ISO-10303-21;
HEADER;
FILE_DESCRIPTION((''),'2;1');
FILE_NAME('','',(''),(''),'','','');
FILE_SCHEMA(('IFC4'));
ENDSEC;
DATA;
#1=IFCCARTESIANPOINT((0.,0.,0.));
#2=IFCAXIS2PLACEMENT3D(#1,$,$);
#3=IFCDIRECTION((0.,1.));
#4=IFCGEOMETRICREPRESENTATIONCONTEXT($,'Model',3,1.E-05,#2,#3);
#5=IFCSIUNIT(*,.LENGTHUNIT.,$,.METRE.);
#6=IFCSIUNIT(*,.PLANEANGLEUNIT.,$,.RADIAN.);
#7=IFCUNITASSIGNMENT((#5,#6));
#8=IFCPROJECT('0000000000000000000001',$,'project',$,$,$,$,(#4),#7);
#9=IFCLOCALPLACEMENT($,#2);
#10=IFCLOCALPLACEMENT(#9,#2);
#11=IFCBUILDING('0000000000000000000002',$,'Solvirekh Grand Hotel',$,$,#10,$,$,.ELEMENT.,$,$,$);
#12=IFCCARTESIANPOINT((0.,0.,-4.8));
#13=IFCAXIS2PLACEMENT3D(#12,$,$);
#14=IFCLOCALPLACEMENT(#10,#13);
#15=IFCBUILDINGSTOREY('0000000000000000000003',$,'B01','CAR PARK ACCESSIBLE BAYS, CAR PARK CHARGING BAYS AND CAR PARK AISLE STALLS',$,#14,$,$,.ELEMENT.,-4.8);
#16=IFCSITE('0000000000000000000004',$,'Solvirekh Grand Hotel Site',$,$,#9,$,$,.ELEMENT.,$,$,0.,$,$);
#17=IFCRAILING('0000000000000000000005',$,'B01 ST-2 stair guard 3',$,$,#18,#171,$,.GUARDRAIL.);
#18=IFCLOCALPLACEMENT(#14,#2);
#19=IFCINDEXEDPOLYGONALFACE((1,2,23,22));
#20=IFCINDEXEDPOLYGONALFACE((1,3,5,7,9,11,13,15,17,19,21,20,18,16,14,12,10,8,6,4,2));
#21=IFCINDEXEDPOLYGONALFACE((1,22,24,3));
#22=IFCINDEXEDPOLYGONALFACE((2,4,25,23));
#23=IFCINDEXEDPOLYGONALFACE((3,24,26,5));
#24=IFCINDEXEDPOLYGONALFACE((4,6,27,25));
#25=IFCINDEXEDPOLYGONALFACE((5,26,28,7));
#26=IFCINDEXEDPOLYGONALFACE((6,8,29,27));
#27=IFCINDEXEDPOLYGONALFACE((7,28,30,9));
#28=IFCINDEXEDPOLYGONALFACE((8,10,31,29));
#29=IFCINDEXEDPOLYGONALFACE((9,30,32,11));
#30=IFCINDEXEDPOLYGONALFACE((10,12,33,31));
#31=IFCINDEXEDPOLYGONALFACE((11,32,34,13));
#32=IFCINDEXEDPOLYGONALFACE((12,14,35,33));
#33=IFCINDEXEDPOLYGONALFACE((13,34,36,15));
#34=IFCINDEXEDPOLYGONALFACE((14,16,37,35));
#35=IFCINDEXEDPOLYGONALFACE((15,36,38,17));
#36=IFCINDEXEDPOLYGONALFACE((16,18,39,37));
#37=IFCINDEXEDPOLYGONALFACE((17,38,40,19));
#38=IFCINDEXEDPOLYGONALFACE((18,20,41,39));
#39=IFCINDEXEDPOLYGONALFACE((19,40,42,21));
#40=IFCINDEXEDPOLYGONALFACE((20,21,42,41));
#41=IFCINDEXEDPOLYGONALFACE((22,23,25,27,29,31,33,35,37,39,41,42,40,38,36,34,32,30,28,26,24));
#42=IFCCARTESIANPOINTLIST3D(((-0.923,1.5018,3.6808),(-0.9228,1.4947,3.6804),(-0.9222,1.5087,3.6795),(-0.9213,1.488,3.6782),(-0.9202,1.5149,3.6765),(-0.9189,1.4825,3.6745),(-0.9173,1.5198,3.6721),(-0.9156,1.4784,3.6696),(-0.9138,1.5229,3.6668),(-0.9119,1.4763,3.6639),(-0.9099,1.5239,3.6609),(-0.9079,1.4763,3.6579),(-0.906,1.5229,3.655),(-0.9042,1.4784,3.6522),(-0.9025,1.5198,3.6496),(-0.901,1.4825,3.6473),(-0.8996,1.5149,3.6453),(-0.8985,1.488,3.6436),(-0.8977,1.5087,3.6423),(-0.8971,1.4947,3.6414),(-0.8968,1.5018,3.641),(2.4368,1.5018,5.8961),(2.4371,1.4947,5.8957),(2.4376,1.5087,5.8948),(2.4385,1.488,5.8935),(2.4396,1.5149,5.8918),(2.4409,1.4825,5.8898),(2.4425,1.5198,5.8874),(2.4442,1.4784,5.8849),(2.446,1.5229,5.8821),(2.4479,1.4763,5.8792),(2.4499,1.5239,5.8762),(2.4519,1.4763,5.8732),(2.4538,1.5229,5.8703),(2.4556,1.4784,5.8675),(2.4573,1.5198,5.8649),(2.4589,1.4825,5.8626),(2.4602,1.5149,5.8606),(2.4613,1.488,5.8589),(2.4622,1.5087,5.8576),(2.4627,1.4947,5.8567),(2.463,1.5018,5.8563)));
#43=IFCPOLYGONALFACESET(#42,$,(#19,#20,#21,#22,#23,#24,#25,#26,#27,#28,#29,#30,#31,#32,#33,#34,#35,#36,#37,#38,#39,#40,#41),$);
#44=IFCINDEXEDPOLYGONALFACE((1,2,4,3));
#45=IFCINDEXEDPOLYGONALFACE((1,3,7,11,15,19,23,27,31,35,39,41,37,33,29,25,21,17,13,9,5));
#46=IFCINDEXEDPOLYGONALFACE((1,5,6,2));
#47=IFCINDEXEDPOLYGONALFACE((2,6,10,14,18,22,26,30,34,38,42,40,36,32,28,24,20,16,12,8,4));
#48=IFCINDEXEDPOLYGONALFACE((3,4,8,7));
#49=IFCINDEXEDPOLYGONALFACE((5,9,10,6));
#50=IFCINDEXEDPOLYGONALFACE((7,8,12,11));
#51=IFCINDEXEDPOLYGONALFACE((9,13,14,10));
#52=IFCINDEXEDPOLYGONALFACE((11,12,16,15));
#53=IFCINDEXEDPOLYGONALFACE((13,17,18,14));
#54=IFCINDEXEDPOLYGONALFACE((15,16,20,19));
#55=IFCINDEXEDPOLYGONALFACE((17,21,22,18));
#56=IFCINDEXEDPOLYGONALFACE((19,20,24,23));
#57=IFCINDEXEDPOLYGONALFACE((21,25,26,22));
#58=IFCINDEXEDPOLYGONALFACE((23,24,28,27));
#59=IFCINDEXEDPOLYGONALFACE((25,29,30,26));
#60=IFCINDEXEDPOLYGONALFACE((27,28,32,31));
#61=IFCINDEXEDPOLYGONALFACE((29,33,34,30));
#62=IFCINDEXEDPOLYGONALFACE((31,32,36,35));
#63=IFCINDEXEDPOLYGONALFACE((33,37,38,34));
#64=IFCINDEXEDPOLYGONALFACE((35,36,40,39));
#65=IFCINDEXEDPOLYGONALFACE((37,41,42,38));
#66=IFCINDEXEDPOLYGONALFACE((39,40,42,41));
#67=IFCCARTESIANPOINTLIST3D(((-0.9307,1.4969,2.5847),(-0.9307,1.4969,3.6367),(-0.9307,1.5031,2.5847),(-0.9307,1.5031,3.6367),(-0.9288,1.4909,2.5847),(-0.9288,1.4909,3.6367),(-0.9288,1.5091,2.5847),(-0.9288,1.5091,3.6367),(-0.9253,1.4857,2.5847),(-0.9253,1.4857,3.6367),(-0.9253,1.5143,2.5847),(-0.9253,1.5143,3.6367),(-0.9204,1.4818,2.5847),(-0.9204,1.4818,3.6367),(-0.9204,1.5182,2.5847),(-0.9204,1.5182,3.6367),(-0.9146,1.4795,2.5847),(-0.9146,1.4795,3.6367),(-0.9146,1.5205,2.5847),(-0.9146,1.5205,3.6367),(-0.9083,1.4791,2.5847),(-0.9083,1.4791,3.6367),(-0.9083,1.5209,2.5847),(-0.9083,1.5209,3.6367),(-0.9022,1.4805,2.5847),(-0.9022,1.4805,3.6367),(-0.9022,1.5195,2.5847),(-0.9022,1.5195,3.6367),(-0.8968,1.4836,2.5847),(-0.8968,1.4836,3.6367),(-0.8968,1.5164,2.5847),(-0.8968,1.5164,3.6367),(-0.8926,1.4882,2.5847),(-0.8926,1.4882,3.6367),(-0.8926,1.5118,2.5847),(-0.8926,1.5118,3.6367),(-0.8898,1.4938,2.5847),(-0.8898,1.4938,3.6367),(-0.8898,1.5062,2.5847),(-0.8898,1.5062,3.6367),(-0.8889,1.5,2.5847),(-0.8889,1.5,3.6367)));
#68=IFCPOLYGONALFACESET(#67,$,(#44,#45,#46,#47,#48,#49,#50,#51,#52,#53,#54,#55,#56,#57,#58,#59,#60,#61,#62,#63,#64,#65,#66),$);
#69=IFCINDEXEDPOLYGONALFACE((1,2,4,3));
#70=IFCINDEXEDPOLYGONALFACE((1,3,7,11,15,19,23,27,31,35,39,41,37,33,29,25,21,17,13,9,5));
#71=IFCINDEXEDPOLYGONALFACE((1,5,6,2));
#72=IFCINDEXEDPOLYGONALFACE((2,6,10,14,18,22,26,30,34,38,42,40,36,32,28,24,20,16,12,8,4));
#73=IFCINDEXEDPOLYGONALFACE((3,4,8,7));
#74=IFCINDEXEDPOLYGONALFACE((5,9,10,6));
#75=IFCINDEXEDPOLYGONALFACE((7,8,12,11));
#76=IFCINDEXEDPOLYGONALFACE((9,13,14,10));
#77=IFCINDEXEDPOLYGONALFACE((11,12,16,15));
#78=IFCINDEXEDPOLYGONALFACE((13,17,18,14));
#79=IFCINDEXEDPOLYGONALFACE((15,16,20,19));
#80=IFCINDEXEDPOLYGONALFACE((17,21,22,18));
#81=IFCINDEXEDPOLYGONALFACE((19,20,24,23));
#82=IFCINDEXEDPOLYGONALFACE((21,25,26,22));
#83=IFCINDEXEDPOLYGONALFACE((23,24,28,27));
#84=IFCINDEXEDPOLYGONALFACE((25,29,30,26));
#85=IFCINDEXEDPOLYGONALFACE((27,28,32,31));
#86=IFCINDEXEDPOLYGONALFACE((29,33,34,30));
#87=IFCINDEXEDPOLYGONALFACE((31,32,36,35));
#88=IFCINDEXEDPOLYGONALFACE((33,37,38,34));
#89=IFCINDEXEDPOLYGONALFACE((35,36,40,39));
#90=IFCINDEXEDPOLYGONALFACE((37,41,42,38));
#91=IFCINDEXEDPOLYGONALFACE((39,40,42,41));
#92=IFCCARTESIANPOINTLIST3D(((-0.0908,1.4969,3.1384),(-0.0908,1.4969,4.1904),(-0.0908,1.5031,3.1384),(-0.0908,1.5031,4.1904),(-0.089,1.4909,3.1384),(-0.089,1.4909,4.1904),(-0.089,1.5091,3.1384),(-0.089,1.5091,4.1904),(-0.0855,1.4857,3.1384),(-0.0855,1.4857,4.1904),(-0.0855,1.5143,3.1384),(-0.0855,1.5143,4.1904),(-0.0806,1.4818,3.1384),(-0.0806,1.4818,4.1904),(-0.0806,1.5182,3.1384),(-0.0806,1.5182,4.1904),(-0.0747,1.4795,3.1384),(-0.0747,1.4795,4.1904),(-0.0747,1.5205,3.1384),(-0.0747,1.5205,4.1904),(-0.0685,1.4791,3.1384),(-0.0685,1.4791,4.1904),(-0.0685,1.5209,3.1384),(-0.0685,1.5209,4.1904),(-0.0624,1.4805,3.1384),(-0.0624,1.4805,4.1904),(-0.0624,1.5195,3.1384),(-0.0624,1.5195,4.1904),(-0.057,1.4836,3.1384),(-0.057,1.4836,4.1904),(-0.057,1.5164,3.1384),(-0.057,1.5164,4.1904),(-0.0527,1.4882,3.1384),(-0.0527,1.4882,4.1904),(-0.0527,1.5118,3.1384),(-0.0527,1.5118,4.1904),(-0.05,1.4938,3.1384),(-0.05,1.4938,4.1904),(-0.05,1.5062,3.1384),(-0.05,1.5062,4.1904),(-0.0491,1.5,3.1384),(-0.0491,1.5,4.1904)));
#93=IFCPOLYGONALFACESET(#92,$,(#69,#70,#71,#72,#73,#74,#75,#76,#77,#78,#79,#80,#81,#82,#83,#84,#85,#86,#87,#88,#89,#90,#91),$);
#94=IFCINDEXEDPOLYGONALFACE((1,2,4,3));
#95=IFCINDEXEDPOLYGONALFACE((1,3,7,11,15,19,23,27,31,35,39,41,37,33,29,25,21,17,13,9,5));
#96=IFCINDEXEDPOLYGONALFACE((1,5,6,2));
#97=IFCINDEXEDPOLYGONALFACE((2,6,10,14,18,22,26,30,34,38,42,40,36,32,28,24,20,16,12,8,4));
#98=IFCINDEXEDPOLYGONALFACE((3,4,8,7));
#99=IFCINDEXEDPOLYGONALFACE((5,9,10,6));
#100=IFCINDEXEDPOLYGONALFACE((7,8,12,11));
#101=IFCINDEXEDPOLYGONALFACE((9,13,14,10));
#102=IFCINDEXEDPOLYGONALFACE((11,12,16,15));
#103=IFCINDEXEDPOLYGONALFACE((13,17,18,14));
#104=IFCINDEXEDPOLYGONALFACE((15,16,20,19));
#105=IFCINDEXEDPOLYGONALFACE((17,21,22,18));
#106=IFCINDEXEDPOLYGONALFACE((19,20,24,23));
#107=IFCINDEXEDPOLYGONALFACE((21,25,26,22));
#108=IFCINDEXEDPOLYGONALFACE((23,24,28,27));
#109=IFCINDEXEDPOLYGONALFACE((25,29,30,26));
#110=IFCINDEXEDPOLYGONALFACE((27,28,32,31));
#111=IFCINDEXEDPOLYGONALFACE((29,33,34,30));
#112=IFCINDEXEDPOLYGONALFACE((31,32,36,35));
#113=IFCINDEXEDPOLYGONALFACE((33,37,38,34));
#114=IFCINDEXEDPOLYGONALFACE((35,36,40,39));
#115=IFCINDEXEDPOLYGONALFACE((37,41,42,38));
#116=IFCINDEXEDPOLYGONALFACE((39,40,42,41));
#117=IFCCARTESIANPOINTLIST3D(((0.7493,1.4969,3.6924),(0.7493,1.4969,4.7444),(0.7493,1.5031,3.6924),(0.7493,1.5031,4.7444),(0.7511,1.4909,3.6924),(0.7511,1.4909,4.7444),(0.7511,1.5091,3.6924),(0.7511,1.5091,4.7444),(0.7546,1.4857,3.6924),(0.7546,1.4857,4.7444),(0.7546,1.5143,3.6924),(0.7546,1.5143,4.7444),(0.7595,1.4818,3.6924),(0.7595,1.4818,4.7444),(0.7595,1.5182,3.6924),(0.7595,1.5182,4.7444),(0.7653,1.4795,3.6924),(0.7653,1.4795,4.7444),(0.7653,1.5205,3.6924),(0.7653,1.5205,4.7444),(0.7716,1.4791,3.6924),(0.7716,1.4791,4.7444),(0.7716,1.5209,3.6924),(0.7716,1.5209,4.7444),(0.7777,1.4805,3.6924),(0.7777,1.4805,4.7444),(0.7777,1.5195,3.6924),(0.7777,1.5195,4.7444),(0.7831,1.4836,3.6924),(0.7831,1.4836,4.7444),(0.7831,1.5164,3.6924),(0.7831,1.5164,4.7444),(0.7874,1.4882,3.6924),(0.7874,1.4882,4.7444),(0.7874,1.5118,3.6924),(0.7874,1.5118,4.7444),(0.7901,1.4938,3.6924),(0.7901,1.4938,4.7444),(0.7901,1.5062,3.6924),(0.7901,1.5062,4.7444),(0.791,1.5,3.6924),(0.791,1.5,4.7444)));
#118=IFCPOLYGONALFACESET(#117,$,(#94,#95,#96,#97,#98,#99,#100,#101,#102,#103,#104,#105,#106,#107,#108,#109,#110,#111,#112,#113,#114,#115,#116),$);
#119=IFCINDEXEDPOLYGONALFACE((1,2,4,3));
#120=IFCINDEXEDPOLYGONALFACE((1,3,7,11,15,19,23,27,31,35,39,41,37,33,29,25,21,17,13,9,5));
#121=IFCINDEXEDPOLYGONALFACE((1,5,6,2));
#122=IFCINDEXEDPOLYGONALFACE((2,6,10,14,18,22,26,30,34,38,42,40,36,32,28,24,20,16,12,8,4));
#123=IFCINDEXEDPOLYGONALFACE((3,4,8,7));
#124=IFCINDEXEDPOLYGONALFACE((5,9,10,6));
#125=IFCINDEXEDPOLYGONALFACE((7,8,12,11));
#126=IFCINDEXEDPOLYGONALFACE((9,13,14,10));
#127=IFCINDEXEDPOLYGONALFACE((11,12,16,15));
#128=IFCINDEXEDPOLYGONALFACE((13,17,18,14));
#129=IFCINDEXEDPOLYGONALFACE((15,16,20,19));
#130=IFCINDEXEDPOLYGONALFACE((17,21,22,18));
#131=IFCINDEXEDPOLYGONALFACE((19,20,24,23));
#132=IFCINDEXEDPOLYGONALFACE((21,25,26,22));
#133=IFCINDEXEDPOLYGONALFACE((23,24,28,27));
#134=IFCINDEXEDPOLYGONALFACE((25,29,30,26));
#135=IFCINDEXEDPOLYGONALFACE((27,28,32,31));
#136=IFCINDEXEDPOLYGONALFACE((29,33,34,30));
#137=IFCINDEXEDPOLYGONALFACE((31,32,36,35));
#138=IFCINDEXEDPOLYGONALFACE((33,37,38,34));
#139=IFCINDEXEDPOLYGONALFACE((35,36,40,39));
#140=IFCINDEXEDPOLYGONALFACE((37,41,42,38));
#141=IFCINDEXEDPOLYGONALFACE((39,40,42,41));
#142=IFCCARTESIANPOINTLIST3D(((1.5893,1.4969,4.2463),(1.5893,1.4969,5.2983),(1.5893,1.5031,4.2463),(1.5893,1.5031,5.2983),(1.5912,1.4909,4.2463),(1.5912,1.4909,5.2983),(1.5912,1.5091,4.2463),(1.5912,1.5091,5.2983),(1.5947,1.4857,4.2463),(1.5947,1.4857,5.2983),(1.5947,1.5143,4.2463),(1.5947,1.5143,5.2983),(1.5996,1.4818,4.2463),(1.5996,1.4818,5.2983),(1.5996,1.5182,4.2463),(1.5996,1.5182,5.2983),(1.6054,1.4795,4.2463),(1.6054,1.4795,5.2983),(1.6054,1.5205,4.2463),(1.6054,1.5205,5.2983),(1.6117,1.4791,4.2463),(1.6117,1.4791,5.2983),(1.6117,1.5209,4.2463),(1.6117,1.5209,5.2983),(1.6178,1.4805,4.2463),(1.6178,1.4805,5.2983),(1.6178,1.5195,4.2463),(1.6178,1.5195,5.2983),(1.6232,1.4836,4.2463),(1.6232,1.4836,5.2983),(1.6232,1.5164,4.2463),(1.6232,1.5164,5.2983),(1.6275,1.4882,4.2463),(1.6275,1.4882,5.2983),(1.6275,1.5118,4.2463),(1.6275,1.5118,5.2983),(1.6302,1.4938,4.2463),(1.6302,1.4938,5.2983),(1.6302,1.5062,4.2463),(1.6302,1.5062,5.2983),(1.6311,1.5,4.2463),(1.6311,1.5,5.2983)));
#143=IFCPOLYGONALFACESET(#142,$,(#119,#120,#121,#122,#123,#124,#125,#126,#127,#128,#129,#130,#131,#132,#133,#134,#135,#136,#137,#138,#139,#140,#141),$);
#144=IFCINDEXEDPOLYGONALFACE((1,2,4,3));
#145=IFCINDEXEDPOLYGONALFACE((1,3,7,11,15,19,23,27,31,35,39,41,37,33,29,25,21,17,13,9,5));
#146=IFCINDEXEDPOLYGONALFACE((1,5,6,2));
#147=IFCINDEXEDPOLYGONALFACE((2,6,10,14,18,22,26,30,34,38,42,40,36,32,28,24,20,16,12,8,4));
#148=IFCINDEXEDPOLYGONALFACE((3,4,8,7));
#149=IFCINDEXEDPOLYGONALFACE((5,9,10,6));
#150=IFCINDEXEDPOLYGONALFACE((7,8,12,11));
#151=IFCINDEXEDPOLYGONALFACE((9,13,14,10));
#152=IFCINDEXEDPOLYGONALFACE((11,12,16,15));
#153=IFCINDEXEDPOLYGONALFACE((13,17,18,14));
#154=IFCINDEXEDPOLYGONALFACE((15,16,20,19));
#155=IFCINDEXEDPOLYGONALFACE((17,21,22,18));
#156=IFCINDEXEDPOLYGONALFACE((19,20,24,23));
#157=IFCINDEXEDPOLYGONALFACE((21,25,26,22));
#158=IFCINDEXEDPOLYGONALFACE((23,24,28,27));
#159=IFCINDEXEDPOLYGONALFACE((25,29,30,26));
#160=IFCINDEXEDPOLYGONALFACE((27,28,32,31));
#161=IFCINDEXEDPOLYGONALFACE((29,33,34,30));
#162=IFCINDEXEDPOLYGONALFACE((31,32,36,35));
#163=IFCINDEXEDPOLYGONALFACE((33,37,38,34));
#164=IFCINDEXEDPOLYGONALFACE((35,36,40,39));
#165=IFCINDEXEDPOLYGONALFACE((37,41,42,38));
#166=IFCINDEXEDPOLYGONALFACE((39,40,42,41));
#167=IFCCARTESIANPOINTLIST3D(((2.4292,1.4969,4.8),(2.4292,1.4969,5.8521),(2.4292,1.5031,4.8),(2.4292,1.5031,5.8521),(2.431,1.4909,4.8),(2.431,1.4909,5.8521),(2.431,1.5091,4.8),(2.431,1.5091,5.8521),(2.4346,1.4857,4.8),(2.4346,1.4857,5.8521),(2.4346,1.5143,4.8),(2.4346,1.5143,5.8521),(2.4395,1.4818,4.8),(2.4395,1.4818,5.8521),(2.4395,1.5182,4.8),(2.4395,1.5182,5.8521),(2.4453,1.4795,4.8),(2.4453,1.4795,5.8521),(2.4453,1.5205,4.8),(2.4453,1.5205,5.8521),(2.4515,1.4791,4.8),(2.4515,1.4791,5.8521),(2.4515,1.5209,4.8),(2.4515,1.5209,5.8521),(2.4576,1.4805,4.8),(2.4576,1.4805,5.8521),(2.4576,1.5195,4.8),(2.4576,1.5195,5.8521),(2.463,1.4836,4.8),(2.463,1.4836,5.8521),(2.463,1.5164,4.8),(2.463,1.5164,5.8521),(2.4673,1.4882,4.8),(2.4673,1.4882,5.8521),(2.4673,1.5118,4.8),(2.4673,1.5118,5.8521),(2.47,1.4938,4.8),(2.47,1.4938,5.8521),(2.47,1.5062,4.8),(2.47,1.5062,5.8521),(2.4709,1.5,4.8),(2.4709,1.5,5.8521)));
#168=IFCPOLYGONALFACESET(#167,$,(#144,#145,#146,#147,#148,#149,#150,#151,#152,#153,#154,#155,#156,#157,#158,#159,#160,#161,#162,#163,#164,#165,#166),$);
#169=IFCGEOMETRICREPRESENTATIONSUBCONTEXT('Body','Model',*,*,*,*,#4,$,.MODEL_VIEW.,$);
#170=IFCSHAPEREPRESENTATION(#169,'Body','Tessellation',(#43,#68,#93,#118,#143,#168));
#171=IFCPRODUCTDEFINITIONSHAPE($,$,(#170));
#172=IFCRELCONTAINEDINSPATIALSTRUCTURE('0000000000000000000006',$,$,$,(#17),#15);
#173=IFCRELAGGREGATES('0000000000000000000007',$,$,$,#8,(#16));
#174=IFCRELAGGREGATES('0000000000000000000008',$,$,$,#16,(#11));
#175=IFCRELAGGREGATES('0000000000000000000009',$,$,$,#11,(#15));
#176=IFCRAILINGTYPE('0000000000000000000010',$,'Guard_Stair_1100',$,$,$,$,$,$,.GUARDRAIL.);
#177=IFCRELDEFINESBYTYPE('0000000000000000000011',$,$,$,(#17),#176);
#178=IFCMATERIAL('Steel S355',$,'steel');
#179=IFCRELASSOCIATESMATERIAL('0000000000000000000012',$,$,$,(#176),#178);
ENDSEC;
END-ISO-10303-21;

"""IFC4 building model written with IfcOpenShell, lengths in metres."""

from ifc_helpers import new_model, si_unit, direction, frame, origin, origin_2d, place, context, subcontext, project, spatial, circle, extrude, material, type_object, element, save


model = new_model("IFC4")

# Units and contexts
model_context = context("Model", 3, precision=1e-05, world=origin(), true_north=direction((0.0, 1.0)))
body_context = subcontext(model_context, "Body", "Model", "MODEL_VIEW")
ifc_project = project(units=[si_unit("LENGTHUNIT", "METRE"), si_unit("PLANEANGLEUNIT", "RADIAN")], contexts=[model_context])

# Site, building, storey
site_placement = place(None, origin())
site = spatial("IfcSite", under=ifc_project, at=site_placement, Name="Solvirekh Grand Hotel Site", CompositionType="ELEMENT", RefElevation=0.0)
building_placement = place(site_placement, origin())
building = spatial("IfcBuilding", under=site, at=building_placement, Name="Solvirekh Grand Hotel", CompositionType="ELEMENT")
storey_placement = place(building_placement, frame((0.0, 0.0, -4.8)))
storey = spatial("IfcBuildingStorey", under=building, at=storey_placement, Name="B01", Description="CAR PARK ACCESSIBLE BAYS, CAR PARK CHARGING BAYS AND CAR PARK AISLE STALLS", CompositionType="ELEMENT", Elevation=-4.8)

# Shared definitions
ifc_material_1 = material(Name="Steel S355", Category="steel")

# Railing
railing_type_1 = type_object("IfcRailingType", Name="Guard_Stair_1100", PredefinedType="GUARDRAIL", material=ifc_material_1)
railing_1_placement = place(storey_placement, frame((-0.9099, 1.5, 2.5847)))
element("IfcRailing", 1, at=railing_1_placement, inside=storey, type_object=railing_type_1, Name="B01 ST-2 stair guard 3", PredefinedType="GUARDRAIL", context=body_context, shape_type="SweptSolid", body=[
    extrude(circle(Radius=0.0239, at=origin_2d()), frame((0.0, 0.0, 1.0762), z_axis=(0.834858, 0.0, 0.550465), x_axis=(0.0, 1.0, 0.0)), (0.0, 0.0, 1.0), 4.0244),
    extrude(circle(Radius=0.021, at=origin_2d()), origin(), (0.0, 0.0, 1.0), 1.052),
    extrude(circle(Radius=0.021, at=origin_2d()), frame((0.8398, 0.0, 0.5537)), (0.0, 0.0, 1.0), 1.052),
    extrude(circle(Radius=0.021, at=origin_2d()), frame((1.6799, 0.0, 1.1077)), (0.0, 0.0, 1.0), 1.052),
    extrude(circle(Radius=0.021, at=origin_2d()), frame((2.52, 0.0, 1.6616)), (0.0, 0.0, 1.0), 1.052),
    extrude(circle(Radius=0.021, at=origin_2d()), frame((3.3599, 0.0, 2.2153)), (0.0, 0.0, 1.0), 1.052),
])

save(model, "model.ifc")
